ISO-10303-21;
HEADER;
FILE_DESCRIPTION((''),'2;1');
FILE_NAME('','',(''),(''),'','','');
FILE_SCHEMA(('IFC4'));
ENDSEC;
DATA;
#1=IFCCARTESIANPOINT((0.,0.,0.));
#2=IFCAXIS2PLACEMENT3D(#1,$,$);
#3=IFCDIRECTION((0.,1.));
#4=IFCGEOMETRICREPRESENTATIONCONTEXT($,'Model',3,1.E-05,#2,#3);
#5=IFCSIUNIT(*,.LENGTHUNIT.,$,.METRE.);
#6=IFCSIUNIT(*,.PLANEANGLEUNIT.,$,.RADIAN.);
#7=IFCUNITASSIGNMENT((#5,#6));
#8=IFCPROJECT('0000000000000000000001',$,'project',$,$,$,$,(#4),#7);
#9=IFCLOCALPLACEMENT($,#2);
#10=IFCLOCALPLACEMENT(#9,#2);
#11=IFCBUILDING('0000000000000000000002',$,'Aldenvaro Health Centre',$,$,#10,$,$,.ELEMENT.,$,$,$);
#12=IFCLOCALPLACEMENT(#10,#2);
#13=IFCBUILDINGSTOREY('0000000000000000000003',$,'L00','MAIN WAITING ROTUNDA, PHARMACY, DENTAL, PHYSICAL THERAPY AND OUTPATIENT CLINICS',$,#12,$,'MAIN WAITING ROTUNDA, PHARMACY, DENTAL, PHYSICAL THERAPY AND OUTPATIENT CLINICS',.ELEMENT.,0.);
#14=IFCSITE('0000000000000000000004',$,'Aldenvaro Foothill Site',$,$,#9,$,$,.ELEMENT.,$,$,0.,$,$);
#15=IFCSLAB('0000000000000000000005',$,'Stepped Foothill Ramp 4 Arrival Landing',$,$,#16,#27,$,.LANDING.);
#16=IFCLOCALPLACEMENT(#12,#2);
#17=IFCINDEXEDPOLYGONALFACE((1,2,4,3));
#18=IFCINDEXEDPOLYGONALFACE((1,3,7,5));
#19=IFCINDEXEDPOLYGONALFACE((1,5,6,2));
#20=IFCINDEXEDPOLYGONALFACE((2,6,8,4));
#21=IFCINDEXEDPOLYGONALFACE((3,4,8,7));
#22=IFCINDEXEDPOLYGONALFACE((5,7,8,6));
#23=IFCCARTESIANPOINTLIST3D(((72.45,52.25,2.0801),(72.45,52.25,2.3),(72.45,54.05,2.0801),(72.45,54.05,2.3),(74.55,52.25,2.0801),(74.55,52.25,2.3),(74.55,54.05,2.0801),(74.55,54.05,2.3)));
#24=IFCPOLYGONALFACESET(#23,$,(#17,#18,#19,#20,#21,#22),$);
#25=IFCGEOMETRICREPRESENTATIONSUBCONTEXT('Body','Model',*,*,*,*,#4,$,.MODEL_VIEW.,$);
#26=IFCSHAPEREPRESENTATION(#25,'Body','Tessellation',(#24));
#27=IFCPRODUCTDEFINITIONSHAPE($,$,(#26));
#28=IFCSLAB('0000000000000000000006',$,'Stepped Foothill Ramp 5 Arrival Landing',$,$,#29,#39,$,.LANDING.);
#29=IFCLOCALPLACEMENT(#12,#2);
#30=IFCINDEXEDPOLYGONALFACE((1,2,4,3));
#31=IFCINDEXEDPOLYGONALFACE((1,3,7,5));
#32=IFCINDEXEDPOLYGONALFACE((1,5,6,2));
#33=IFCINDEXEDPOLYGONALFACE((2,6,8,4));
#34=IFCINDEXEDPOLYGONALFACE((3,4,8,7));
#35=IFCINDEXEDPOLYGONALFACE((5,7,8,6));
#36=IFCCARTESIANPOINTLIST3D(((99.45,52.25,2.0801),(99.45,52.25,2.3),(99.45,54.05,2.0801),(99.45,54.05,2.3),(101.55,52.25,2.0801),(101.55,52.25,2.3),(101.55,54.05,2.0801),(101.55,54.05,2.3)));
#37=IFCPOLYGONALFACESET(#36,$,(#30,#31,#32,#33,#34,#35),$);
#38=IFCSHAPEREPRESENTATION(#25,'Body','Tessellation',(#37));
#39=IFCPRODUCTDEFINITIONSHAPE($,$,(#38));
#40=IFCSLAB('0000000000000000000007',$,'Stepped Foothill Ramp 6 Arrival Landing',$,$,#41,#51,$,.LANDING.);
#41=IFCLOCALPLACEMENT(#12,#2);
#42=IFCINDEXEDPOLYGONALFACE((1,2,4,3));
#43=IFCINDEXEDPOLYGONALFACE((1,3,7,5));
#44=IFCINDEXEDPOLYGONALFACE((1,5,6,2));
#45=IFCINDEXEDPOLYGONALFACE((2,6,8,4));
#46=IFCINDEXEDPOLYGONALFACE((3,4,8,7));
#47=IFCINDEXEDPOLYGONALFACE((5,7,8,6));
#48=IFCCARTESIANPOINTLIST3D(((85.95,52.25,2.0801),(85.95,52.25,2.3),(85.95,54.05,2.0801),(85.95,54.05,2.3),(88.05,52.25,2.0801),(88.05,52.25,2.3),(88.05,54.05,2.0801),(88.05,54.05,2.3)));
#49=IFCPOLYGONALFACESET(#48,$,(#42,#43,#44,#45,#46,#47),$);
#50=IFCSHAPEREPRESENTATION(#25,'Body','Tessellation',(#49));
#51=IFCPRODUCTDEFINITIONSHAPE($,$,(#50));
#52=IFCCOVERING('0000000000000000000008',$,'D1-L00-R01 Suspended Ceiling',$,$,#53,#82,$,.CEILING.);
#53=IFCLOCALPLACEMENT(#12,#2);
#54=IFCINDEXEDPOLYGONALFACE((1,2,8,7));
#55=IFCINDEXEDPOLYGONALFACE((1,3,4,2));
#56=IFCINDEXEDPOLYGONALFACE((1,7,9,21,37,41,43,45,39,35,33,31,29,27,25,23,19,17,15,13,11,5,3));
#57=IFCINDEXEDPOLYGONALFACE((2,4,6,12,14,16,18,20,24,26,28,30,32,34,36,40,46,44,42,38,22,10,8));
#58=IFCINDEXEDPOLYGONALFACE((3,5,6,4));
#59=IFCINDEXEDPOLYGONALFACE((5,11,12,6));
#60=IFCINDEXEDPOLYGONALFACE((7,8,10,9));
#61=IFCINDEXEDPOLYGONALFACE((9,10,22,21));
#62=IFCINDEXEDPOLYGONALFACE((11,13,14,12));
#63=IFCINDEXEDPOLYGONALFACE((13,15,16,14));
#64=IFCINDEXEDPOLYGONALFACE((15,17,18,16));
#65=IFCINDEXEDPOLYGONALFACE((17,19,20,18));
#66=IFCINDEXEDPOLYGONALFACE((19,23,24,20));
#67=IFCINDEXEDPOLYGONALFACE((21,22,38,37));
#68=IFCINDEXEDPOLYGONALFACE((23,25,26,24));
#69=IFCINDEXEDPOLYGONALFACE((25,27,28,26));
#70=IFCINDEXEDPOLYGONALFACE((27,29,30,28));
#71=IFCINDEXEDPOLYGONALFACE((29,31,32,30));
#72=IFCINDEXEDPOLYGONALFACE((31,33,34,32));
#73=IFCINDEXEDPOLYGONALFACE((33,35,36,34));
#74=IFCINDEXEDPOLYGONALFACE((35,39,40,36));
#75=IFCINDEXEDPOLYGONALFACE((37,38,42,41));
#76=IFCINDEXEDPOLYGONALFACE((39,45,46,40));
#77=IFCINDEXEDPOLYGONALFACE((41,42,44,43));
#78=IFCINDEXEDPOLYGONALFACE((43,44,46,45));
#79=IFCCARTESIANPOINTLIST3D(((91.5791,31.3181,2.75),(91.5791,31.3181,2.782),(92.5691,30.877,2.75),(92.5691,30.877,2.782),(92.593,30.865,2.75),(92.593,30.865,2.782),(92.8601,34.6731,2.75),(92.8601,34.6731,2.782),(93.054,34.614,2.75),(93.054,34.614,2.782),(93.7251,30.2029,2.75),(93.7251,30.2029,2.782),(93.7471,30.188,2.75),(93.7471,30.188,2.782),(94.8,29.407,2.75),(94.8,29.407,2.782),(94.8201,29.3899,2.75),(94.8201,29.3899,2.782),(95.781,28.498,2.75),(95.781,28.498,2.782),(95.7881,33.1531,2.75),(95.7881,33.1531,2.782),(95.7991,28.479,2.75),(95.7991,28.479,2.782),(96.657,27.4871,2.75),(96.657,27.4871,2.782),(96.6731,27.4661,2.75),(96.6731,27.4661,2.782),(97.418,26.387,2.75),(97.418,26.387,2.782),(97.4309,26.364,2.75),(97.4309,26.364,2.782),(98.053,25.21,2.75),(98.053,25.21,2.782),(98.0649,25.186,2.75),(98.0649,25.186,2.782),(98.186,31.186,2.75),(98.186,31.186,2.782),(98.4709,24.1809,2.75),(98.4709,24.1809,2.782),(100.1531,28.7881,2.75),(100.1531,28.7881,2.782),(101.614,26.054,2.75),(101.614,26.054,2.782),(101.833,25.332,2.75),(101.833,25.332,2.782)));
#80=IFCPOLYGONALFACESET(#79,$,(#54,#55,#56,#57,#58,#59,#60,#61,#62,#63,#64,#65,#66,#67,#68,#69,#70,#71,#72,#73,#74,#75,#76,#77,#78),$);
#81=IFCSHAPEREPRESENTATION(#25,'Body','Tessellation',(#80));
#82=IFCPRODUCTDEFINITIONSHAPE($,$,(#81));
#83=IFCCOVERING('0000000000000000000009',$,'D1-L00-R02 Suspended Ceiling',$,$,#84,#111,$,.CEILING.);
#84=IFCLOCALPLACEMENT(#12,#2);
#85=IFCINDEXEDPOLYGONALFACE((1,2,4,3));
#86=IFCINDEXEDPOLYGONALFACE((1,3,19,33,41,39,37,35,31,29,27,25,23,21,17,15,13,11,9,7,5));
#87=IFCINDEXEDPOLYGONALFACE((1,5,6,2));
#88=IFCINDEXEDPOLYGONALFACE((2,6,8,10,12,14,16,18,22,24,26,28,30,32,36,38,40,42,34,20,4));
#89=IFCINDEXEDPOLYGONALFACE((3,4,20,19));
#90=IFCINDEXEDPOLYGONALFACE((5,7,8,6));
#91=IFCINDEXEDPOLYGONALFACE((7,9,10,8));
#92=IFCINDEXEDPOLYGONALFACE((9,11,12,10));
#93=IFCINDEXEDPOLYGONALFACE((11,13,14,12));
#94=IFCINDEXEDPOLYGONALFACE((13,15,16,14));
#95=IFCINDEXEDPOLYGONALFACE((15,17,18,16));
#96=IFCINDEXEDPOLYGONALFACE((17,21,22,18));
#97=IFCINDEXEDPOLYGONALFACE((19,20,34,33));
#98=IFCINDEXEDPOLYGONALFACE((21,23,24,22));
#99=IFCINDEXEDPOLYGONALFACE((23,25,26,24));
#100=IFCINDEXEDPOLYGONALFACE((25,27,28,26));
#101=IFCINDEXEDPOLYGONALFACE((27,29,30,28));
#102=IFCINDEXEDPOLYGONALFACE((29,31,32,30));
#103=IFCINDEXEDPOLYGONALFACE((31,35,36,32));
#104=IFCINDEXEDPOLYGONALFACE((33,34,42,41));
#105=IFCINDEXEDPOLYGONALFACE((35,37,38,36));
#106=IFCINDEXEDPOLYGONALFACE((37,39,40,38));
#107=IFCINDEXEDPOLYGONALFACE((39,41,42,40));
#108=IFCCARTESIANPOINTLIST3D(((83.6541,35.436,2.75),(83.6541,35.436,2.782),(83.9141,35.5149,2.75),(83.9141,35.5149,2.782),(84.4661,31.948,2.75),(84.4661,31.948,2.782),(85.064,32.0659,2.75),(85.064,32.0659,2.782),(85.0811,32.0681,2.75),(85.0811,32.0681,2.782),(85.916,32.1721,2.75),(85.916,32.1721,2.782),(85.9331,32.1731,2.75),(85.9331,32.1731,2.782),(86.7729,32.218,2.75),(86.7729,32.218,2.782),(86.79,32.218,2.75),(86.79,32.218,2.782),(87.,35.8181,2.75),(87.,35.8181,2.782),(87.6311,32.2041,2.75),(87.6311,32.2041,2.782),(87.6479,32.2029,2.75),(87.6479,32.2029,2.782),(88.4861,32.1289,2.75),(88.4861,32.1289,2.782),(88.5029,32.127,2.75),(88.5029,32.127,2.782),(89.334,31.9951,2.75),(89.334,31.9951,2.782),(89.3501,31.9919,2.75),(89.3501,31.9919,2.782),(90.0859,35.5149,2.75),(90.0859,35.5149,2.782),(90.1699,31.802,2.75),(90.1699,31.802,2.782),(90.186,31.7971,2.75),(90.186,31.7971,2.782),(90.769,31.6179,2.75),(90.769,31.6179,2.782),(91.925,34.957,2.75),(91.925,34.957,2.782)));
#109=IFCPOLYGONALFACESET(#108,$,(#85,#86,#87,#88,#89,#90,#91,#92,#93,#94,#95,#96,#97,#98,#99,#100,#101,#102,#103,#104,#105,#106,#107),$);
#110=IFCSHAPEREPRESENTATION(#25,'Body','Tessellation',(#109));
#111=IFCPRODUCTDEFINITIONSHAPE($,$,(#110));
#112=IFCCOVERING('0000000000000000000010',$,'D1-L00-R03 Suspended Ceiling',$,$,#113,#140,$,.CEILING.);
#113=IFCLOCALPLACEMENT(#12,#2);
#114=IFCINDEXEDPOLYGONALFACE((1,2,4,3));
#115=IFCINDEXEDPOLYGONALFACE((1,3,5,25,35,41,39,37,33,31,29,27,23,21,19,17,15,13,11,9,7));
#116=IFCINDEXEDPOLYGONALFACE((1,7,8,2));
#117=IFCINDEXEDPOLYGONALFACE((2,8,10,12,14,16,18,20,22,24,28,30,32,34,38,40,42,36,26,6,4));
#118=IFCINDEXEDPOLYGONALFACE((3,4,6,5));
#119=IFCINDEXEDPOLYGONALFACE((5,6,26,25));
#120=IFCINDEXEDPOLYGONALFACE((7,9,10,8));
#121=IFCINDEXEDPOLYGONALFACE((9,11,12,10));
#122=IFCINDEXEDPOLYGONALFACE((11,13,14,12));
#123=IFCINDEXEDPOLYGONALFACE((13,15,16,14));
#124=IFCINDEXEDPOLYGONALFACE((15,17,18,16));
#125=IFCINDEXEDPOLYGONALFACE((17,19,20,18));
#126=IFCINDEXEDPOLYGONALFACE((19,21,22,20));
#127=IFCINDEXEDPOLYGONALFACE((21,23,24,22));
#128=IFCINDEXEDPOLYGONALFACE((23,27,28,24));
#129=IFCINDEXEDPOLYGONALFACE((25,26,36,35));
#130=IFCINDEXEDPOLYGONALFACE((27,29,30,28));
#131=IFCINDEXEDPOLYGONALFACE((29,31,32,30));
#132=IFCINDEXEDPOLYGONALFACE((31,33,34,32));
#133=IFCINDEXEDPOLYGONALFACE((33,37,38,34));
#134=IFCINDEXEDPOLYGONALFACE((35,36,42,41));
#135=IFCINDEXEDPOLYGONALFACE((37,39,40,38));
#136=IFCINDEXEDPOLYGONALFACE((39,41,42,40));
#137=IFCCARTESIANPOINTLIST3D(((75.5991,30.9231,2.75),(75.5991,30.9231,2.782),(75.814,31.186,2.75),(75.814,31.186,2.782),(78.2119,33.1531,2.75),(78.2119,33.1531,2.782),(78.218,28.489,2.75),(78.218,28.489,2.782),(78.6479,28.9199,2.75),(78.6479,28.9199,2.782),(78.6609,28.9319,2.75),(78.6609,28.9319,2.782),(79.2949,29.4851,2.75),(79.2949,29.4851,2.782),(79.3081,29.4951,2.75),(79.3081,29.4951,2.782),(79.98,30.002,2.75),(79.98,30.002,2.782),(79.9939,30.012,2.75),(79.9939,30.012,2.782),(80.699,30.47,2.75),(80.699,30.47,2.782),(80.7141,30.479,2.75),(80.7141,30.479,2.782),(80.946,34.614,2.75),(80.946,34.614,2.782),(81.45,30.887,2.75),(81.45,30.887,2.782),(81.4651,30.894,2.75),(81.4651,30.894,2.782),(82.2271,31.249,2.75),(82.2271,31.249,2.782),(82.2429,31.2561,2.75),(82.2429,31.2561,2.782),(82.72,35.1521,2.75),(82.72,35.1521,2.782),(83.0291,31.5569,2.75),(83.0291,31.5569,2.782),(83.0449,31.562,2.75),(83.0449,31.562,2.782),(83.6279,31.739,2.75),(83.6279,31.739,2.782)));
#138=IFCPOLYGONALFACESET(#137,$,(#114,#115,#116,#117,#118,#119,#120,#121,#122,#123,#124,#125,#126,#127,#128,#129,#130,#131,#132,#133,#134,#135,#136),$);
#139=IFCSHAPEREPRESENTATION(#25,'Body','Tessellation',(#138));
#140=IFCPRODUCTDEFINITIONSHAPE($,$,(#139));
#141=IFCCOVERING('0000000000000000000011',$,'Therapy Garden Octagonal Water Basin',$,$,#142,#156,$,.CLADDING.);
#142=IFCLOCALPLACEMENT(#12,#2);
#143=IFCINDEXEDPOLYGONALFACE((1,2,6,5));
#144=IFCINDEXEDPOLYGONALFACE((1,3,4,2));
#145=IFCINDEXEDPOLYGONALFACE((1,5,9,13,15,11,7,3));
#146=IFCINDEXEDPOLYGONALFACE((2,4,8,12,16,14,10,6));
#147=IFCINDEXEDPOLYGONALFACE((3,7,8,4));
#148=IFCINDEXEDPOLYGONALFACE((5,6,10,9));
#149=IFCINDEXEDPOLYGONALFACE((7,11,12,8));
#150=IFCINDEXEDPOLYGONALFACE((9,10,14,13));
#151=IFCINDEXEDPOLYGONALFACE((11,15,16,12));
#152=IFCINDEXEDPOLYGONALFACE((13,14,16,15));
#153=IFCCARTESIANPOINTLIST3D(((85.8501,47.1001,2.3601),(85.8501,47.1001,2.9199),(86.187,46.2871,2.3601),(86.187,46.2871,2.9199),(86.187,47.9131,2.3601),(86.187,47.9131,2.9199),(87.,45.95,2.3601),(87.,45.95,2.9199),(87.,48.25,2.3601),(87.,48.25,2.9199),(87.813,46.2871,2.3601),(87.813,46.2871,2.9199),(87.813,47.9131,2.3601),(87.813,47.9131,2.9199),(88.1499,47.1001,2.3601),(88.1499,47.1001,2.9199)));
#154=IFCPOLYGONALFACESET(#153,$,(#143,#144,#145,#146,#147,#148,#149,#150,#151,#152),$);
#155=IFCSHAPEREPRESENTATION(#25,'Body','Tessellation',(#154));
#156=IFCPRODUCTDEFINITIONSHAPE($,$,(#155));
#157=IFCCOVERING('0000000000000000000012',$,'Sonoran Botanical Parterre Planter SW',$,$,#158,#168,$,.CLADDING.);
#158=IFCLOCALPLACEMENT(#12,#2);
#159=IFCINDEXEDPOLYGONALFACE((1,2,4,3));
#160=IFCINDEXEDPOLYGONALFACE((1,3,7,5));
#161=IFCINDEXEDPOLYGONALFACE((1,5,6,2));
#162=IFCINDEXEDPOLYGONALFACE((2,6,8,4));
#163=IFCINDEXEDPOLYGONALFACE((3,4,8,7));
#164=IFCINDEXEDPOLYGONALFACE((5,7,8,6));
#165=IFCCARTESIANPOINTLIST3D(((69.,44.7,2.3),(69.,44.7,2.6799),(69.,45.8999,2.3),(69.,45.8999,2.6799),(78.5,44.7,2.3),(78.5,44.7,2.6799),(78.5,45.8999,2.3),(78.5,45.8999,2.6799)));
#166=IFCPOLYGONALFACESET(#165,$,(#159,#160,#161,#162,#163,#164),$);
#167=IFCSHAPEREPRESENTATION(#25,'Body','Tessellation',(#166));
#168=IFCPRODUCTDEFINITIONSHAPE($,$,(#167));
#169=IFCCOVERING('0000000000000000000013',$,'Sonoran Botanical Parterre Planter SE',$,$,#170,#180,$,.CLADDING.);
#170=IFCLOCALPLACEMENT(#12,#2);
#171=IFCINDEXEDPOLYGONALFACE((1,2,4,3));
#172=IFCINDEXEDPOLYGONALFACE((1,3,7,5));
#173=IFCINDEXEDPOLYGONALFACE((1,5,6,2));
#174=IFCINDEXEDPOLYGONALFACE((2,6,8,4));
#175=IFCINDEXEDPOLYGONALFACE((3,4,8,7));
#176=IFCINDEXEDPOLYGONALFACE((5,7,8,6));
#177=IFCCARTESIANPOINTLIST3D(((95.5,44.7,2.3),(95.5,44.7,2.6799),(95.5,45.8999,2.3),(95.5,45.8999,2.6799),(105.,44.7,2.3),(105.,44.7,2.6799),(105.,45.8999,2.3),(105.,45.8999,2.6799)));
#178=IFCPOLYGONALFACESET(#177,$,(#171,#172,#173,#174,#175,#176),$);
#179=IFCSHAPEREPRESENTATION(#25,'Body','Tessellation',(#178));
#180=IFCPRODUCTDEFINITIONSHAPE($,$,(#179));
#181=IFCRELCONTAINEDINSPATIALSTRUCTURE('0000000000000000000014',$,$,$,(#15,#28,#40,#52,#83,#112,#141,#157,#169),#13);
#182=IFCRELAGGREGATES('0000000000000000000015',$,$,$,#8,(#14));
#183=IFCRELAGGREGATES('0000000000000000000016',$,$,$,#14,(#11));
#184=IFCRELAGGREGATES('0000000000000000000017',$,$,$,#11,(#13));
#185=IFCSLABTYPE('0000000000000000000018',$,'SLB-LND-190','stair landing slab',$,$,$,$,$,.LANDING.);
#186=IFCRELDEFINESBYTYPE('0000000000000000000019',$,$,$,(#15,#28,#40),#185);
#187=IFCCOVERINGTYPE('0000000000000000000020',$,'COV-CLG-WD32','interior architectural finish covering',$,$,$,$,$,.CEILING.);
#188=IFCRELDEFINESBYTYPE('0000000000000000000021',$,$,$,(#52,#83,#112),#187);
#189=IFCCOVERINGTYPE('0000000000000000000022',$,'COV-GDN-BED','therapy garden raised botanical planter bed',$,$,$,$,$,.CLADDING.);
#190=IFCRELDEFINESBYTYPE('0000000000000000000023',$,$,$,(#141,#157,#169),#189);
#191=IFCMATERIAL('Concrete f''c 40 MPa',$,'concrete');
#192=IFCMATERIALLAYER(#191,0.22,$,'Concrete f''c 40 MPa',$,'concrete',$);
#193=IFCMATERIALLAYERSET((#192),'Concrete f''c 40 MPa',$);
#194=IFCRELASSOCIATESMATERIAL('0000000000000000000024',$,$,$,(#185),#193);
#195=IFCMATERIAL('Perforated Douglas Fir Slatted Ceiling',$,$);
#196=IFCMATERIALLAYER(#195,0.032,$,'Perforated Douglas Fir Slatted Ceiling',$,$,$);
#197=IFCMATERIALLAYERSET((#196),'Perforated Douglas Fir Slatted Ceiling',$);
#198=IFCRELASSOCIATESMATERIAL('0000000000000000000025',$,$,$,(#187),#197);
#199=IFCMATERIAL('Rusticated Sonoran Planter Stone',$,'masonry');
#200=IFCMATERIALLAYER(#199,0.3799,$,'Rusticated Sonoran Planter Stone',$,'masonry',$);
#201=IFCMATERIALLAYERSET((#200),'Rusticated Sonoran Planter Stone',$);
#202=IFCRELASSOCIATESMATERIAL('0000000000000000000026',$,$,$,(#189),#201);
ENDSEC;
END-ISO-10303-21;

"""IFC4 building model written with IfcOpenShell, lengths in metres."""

from ifc_helpers import new_model, si_unit, direction, frame, origin, place, context, subcontext, project, spatial, polyline, outline, extrude, material, layer, layer_set, type_object, element, save


model = new_model("IFC4")

# Units and contexts
model_context = context("Model", 3, precision=1e-05, world=origin(), true_north=direction((0.0, 1.0)))
body_context = subcontext(model_context, "Body", "Model", "MODEL_VIEW")
ifc_project = project(units=[si_unit("LENGTHUNIT", "METRE"), si_unit("PLANEANGLEUNIT", "RADIAN")], contexts=[model_context])

# Site, building, storey
site_placement = place(None, origin())
site = spatial("IfcSite", under=ifc_project, at=site_placement, Name="Aldenvaro Foothill Site", CompositionType="ELEMENT", RefElevation=0.0)
building_placement = place(site_placement, origin())
building = spatial("IfcBuilding", under=site, at=building_placement, Name="Aldenvaro Health Centre", CompositionType="ELEMENT")
storey_placement = place(building_placement, origin())
storey = spatial("IfcBuildingStorey", under=building, at=storey_placement, Name="L00", Description="MAIN WAITING ROTUNDA, PHARMACY, DENTAL, PHYSICAL THERAPY AND OUTPATIENT CLINICS", LongName="MAIN WAITING ROTUNDA, PHARMACY, DENTAL, PHYSICAL THERAPY AND OUTPATIENT CLINICS", CompositionType="ELEMENT", Elevation=0.0)

# Slabs
ifc_material_1 = material(Name="Concrete f'c 40 MPa", Category="concrete")
ifc_layer_1 = layer(ifc_material_1, 0.22, Name="Concrete f'c 40 MPa", Category="concrete")
ifc_layer_set_1 = layer_set([ifc_layer_1], Name="Concrete f'c 40 MPa")
slab_type = type_object("IfcSlabType", Name="SLB-LND-190", Description="stair landing slab", PredefinedType="LANDING", material=ifc_layer_set_1)
slab_1_placement = place(storey_placement, frame((0.0, 0.0, 2.0801)))
element("IfcSlab", 1, at=slab_1_placement, inside=storey, type_object=slab_type, Name="Stepped Foothill Ramp 4 Arrival Landing", PredefinedType="LANDING", context=body_context, shape_type="SweptSolid", body=[
    extrude(outline(polyline([(72.45, 52.25), (74.55, 52.25), (74.55, 54.05), (72.45, 54.05), (72.45, 52.25)])), origin(), (0.0, 0.0, 1.0), 0.22),
])
slab_2_placement = place(storey_placement, frame((0.0, 0.0, 2.0801)))
element("IfcSlab", 2, at=slab_2_placement, inside=storey, type_object=slab_type, Name="Stepped Foothill Ramp 5 Arrival Landing", PredefinedType="LANDING", context=body_context, shape_type="SweptSolid", body=[
    extrude(outline(polyline([(99.45, 52.25), (101.55, 52.25), (101.55, 54.05), (99.45, 54.05), (99.45, 52.25)])), origin(), (0.0, 0.0, 1.0), 0.22),
])
slab_3_placement = place(storey_placement, frame((0.0, 0.0, 2.0801)))
element("IfcSlab", 3, at=slab_3_placement, inside=storey, type_object=slab_type, Name="Stepped Foothill Ramp 6 Arrival Landing", PredefinedType="LANDING", context=body_context, shape_type="SweptSolid", body=[
    extrude(outline(polyline([(85.95, 52.25), (88.05, 52.25), (88.05, 54.05), (85.95, 54.05), (85.95, 52.25)])), origin(), (0.0, 0.0, 1.0), 0.22),
])

# Coverings
ifc_material_2 = material(Name="Perforated Douglas Fir Slatted Ceiling")
ifc_layer_2 = layer(ifc_material_2, 0.032, Name="Perforated Douglas Fir Slatted Ceiling")
ifc_layer_set_2 = layer_set([ifc_layer_2], Name="Perforated Douglas Fir Slatted Ceiling")
covering_type_1 = type_object("IfcCoveringType", Name="COV-CLG-WD32", Description="interior architectural finish covering", PredefinedType="CEILING", material=ifc_layer_set_2)
covering_1_placement = place(storey_placement, frame((0.0, 0.0, 2.75)))
element("IfcCovering", 4, at=covering_1_placement, inside=storey, type_object=covering_type_1, Name="D1-L00-R01 Suspended Ceiling", PredefinedType="CEILING", context=body_context, shape_type="SweptSolid", body=[
    extrude(outline(polyline([(98.0649, 25.186), (98.053, 25.21), (97.4309, 26.364), (97.418, 26.387), (96.6731, 27.4661), (96.657, 27.4871), (95.7991, 28.479), (95.781, 28.498), (94.8201, 29.3899), (94.8, 29.407), (93.7471, 30.188), (93.7251, 30.2029), (92.593, 30.865), (92.5691, 30.877), (91.5791, 31.3181), (92.8601, 34.6731), (93.054, 34.614), (95.7881, 33.1531), (98.186, 31.186), (100.1531, 28.7881), (101.614, 26.054), (101.833, 25.332), (98.4709, 24.1809), (98.0649, 25.186)])), origin(), (0.0, 0.0, 1.0), 0.032),
])
covering_2_placement = place(storey_placement, frame((0.0, 0.0, 2.75)))
element("IfcCovering", 5, at=covering_2_placement, inside=storey, type_object=covering_type_1, Name="D1-L00-R02 Suspended Ceiling", PredefinedType="CEILING", context=body_context, shape_type="SweptSolid", body=[
    extrude(outline(polyline([(90.186, 31.7971), (90.1699, 31.802), (89.3501, 31.9919), (89.334, 31.9951), (88.5029, 32.127), (88.4861, 32.1289), (87.6479, 32.2029), (87.6311, 32.2041), (86.79, 32.218), (86.7729, 32.218), (85.9331, 32.1731), (85.916, 32.1721), (85.0811, 32.0681), (85.064, 32.0659), (84.4661, 31.948), (83.6541, 35.436), (83.9141, 35.5149), (87.0, 35.8181), (90.0859, 35.5149), (91.925, 34.957), (90.769, 31.6179), (90.186, 31.7971)])), origin(), (0.0, 0.0, 1.0), 0.032),
])
covering_3_placement = place(storey_placement, frame((0.0, 0.0, 2.75)))
element("IfcCovering", 6, at=covering_3_placement, inside=storey, type_object=covering_type_1, Name="D1-L00-R03 Suspended Ceiling", PredefinedType="CEILING", context=body_context, shape_type="SweptSolid", body=[
    extrude(outline(polyline([(83.0449, 31.562), (83.0291, 31.5569), (82.2429, 31.2561), (82.2271, 31.249), (81.4651, 30.894), (81.45, 30.887), (80.7141, 30.479), (80.699, 30.47), (79.9939, 30.012), (79.98, 30.002), (79.3081, 29.4951), (79.2949, 29.4851), (78.6609, 28.9319), (78.6479, 28.9199), (78.218, 28.489), (75.5991, 30.9231), (75.814, 31.186), (78.2119, 33.1531), (80.946, 34.614), (82.72, 35.1521), (83.6279, 31.739), (83.0449, 31.562)])), origin(), (0.0, 0.0, 1.0), 0.032),
])
ifc_material_3 = material(Name="Rusticated Sonoran Planter Stone", Category="masonry")
ifc_layer_3 = layer(ifc_material_3, 0.3799, Name="Rusticated Sonoran Planter Stone", Category="masonry")
ifc_layer_set_3 = layer_set([ifc_layer_3], Name="Rusticated Sonoran Planter Stone")
covering_type_2 = type_object("IfcCoveringType", Name="COV-GDN-BED", Description="therapy garden raised botanical planter bed", PredefinedType="CLADDING", material=ifc_layer_set_3)
covering_4_placement = place(storey_placement, frame((0.0, 0.0, 2.3601)))
element("IfcCovering", 7, at=covering_4_placement, inside=storey, type_object=covering_type_2, Name="Therapy Garden Octagonal Water Basin", PredefinedType="CLADDING", context=body_context, shape_type="SweptSolid", body=[
    extrude(outline(polyline([(88.1499, 47.1001), (87.813, 47.9131), (87.0, 48.25), (86.187, 47.9131), (85.8501, 47.1001), (86.187, 46.2871), (87.0, 45.95), (87.813, 46.2871), (88.1499, 47.1001)])), origin(), (0.0, 0.0, 1.0), 0.5598),
])
covering_5_placement = place(storey_placement, frame((0.0, 0.0, 2.3)))
element("IfcCovering", 8, at=covering_5_placement, inside=storey, type_object=covering_type_2, Name="Sonoran Botanical Parterre Planter SW", PredefinedType="CLADDING", context=body_context, shape_type="SweptSolid", body=[
    extrude(outline(polyline([(78.5, 44.7), (78.5, 45.8999), (69.0, 45.8999), (69.0, 44.7), (78.5, 44.7)])), origin(), (0.0, 0.0, 1.0), 0.3799),
])
covering_6_placement = place(storey_placement, frame((0.0, 0.0, 2.3)))
element("IfcCovering", 9, at=covering_6_placement, inside=storey, type_object=covering_type_2, Name="Sonoran Botanical Parterre Planter SE", PredefinedType="CLADDING", context=body_context, shape_type="SweptSolid", body=[
    extrude(outline(polyline([(105.0, 44.7), (105.0, 45.8999), (95.5, 45.8999), (95.5, 44.7), (105.0, 44.7)])), origin(), (0.0, 0.0, 1.0), 0.3799),
])

save(model, "model.ifc")
